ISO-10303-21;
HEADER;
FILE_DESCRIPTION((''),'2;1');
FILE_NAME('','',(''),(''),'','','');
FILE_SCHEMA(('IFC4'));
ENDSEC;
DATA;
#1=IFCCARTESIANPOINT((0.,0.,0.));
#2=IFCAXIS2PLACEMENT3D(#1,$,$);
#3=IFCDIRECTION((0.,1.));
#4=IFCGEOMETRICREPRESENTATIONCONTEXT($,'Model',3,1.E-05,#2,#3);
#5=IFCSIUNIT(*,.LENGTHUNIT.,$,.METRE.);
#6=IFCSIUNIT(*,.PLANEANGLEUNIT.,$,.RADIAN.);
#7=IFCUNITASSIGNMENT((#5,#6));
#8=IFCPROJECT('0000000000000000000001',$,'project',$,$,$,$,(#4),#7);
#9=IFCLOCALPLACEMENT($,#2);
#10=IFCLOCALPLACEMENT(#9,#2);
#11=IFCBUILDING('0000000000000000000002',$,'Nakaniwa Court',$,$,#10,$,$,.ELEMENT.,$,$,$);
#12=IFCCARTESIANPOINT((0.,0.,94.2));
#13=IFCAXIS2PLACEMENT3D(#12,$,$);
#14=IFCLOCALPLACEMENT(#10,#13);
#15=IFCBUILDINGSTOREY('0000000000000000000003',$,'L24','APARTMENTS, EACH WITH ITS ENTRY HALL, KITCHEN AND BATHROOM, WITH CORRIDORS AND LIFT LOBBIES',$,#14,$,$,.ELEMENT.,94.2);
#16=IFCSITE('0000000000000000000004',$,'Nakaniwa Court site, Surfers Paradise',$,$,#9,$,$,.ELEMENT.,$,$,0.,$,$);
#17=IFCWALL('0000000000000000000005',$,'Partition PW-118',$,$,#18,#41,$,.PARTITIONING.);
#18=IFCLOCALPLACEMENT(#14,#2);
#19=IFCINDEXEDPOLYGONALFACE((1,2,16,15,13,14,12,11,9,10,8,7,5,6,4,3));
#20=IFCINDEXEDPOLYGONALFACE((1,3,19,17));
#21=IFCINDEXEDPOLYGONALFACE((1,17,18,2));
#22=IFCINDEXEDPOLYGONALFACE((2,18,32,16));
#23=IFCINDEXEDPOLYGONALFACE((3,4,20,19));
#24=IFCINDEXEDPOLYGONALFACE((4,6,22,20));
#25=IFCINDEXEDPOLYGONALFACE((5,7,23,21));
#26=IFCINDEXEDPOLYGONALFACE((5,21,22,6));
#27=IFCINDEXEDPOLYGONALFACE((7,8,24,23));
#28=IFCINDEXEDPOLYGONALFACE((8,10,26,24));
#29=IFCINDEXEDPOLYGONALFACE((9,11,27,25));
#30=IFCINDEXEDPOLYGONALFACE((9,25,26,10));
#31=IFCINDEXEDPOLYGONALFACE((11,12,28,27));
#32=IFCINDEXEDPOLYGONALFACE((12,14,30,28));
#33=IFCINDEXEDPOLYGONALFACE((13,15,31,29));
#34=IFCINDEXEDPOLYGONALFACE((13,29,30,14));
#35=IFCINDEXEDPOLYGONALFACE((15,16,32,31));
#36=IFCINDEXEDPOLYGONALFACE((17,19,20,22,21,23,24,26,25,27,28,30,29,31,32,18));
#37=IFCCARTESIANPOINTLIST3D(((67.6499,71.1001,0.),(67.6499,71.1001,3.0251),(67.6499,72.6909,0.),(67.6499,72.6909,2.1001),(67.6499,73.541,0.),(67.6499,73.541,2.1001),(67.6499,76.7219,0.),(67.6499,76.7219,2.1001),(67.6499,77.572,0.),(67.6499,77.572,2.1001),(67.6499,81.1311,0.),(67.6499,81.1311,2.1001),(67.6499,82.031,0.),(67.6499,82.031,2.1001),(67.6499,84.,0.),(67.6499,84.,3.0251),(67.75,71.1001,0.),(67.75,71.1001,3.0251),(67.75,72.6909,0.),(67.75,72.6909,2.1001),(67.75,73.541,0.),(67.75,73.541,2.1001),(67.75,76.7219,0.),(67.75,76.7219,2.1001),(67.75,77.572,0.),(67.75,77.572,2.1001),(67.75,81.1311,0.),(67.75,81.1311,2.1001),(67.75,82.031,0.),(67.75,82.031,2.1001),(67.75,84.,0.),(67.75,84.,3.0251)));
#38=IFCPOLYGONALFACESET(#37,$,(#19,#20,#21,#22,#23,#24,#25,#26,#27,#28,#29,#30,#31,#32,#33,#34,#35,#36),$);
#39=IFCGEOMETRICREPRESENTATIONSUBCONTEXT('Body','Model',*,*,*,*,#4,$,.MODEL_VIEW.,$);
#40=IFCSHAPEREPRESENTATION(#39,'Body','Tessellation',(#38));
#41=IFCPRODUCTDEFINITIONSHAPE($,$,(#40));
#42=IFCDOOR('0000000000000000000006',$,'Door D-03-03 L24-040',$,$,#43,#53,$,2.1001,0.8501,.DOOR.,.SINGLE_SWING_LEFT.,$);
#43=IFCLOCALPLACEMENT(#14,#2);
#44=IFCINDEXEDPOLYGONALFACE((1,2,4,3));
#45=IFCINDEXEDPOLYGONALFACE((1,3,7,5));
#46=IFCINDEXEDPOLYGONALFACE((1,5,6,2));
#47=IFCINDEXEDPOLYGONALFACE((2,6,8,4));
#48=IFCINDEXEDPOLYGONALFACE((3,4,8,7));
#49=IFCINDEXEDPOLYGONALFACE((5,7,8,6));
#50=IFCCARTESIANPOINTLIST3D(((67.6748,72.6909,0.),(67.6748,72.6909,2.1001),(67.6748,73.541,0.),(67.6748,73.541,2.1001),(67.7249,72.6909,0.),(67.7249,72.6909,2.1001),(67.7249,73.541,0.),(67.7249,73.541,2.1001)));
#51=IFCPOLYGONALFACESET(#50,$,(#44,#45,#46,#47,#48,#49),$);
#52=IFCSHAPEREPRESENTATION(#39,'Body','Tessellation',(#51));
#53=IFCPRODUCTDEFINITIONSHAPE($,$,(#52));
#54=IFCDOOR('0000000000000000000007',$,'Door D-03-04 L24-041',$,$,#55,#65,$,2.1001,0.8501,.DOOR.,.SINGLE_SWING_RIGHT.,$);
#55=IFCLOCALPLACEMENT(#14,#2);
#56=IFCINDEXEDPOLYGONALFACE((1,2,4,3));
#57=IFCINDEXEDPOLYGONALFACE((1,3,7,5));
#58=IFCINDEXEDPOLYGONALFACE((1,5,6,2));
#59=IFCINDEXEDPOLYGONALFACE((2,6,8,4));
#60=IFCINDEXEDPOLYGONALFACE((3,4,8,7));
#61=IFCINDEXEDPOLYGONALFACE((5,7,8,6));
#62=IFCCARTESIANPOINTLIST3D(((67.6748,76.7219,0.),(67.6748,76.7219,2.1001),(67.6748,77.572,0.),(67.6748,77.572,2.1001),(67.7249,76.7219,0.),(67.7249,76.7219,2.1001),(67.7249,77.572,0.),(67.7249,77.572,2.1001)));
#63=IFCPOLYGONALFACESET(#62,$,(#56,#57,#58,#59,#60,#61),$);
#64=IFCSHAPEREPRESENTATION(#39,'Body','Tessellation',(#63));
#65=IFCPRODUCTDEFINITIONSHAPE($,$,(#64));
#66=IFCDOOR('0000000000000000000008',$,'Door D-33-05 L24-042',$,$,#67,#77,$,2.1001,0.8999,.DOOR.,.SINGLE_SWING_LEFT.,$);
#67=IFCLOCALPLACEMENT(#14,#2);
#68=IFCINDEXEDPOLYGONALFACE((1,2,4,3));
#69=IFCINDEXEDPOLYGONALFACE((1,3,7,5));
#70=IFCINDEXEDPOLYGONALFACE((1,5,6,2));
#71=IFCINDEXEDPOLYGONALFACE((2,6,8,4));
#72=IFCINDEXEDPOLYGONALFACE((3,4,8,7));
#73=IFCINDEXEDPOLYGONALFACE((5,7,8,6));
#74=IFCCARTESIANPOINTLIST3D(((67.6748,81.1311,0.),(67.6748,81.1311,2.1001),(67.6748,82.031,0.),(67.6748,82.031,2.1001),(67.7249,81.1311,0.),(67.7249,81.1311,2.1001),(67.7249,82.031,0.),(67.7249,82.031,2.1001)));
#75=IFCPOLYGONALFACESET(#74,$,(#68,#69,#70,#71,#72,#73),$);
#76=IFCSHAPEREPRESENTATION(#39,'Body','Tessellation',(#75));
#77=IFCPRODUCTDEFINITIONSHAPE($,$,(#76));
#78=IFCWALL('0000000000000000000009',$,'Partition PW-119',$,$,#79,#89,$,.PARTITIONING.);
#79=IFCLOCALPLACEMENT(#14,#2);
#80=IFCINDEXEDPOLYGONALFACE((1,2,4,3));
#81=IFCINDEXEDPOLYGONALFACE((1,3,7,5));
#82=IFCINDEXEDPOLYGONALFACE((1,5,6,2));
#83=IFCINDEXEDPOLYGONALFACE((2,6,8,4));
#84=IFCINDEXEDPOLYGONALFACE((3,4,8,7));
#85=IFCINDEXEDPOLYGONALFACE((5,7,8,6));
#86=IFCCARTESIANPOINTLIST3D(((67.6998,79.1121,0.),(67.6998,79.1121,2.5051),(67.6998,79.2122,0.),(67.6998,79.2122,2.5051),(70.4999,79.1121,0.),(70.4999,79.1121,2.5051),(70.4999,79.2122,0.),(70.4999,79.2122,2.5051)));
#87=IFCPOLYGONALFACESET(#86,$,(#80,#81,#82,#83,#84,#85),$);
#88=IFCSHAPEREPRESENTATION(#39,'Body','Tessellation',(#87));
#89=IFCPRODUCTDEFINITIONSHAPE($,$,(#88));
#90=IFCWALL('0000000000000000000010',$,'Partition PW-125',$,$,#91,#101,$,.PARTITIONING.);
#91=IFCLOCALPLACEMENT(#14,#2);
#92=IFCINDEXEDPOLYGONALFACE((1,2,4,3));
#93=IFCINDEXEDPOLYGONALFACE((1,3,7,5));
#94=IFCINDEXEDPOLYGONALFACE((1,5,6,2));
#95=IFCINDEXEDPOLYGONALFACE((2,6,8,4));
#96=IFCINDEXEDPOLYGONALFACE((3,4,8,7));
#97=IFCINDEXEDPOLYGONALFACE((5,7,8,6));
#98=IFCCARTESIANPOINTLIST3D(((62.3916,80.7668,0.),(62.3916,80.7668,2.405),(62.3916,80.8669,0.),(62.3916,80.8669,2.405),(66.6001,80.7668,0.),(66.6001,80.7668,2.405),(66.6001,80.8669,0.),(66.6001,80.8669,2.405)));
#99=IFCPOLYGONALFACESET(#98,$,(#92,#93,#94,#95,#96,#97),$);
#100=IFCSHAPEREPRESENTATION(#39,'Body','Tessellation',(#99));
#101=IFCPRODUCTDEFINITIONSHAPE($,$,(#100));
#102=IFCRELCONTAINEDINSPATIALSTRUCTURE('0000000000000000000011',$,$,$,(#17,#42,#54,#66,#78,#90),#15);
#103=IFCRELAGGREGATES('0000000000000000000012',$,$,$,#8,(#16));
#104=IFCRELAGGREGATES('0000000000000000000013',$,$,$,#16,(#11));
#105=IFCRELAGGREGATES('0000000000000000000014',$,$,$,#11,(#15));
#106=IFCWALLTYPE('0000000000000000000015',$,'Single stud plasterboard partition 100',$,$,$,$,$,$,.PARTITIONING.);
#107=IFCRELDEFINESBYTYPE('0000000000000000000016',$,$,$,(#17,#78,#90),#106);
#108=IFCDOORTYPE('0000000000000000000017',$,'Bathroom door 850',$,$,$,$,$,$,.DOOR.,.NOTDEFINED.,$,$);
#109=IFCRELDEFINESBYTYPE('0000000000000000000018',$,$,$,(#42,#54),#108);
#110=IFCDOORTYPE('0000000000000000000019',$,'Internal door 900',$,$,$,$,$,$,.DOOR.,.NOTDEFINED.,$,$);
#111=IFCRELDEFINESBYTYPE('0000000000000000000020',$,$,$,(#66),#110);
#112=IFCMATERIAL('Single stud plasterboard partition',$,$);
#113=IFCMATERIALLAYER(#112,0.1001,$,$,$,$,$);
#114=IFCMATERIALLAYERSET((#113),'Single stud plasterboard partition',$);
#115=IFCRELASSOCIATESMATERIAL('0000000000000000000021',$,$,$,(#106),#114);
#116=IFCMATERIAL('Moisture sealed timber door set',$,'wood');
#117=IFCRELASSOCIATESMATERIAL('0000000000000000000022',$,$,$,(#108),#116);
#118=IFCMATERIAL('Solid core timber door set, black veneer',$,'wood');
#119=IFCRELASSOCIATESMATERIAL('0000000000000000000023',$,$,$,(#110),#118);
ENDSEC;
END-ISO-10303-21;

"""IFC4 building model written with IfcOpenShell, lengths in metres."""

from ifc_helpers import new_model, si_unit, direction, frame, frame_2d, origin, place, context, subcontext, project, spatial, rectangle, extrude, material, layer, layer_set, type_object, element, fill, save


model = new_model("IFC4")

# Units and contexts
model_context = context("Model", 3, precision=1e-05, world=origin(), true_north=direction((0.0, 1.0)))
body_context = subcontext(model_context, "Body", "Model", "MODEL_VIEW")
ifc_project = project(units=[si_unit("LENGTHUNIT", "METRE"), si_unit("PLANEANGLEUNIT", "RADIAN")], contexts=[model_context])

# Site, building, storey
site_placement = place(None, origin())
site = spatial("IfcSite", under=ifc_project, at=site_placement, Name="Nakaniwa Court site, Surfers Paradise", CompositionType="ELEMENT", RefElevation=0.0)
building_placement = place(site_placement, origin())
building = spatial("IfcBuilding", under=site, at=building_placement, Name="Nakaniwa Court", CompositionType="ELEMENT")
storey_placement = place(building_placement, frame((0.0, 0.0, 94.2)))
storey = spatial("IfcBuildingStorey", under=building, at=storey_placement, Name="L24", Description="APARTMENTS, EACH WITH ITS ENTRY HALL, KITCHEN AND BATHROOM, WITH CORRIDORS AND LIFT LOBBIES", CompositionType="ELEMENT", Elevation=94.2)

# Wall, openings, doors
ifc_material_1 = material(Name="Single stud plasterboard partition")
ifc_layer_1 = layer(ifc_material_1, 0.1001)
ifc_layer_set_1 = layer_set([ifc_layer_1], Name="Single stud plasterboard partition")
wall_type_1 = type_object("IfcWallType", Name="Single stud plasterboard partition 100", PredefinedType="PARTITIONING", material=ifc_layer_set_1)
wall_1_placement = place(storey_placement, frame((67.7, 84.0, 0.0), z_axis=(0.0, 0.0, 1.0), x_axis=(0.0, -1.0, 0.0)))
wall_1 = element("IfcWall", 1, at=wall_1_placement, inside=storey, type_object=wall_type_1, Name="Partition PW-118", PredefinedType="PARTITIONING", context=body_context, shape_type="SweptSolid", body=[
    extrude(rectangle(XDim=12.8999, YDim=0.1001, at=frame_2d((6.45, 0.0))), origin(), (0.0, 0.0, 1.0), 3.0251),
])
opening_1_placement = place(wall_1_placement, frame((10.459, 0.0, 0.0)))
opening_1 = element("IfcOpeningElement", 2, at=opening_1_placement, cuts=wall_1, PredefinedType="OPENING", context=body_context, shape_type="SweptSolid", body=[
    extrude(rectangle(XDim=0.8501, YDim=2.1001, at=frame_2d((0.425, 1.05))), frame((0.0, 0.0601, 0.0), z_axis=(0.0, -1.0, 0.0), x_axis=(1.0, 0.0, 0.0)), (0.0, 0.0, 1.0), 0.1201),
])
opening_2_placement = place(wall_1_placement, frame((6.428, 0.0, 0.0)))
opening_2 = element("IfcOpeningElement", 3, at=opening_2_placement, cuts=wall_1, PredefinedType="OPENING", context=body_context, shape_type="SweptSolid", body=[
    extrude(rectangle(XDim=0.8501, YDim=2.1001, at=frame_2d((0.425, 1.05))), frame((0.0, 0.0601, 0.0), z_axis=(0.0, -1.0, 0.0), x_axis=(1.0, 0.0, 0.0)), (0.0, 0.0, 1.0), 0.1201),
])
opening_3_placement = place(wall_1_placement, frame((1.969, 0.0, 0.0)))
opening_3 = element("IfcOpeningElement", 4, at=opening_3_placement, cuts=wall_1, PredefinedType="OPENING", context=body_context, shape_type="SweptSolid", body=[
    extrude(rectangle(XDim=0.8999, YDim=2.1001, at=frame_2d((0.45, 1.05))), frame((0.0, 0.0601, 0.0), z_axis=(0.0, -1.0, 0.0), x_axis=(1.0, 0.0, 0.0)), (0.0, 0.0, 1.0), 0.1201),
])
ifc_material_2 = material(Name="Moisture sealed timber door set", Category="wood")
door_type_1 = type_object("IfcDoorType", Name="Bathroom door 850", OperationType="NOTDEFINED", PredefinedType="DOOR", material=ifc_material_2)
door_1_placement = place(opening_1_placement, origin())
door_1 = element("IfcDoor", 5, at=door_1_placement, inside=storey, type_object=door_type_1, Name="Door D-03-03 L24-040", OperationType="SINGLE_SWING_LEFT", OverallHeight=2.1001, OverallWidth=0.8501, PredefinedType="DOOR", context=body_context, shape_type="SweptSolid", body=[
    extrude(rectangle(XDim=0.8501, YDim=2.1001, at=frame_2d((0.425, 1.05))), frame((0.0, 0.0249, 0.0), z_axis=(0.0, -1.0, 0.0), x_axis=(1.0, 0.0, 0.0)), (0.0, 0.0, 1.0), 0.05),
])
fill(opening_1, door_1)
door_2_placement = place(opening_2_placement, origin())
door_2 = element("IfcDoor", 6, at=door_2_placement, inside=storey, type_object=door_type_1, Name="Door D-03-04 L24-041", OperationType="SINGLE_SWING_RIGHT", OverallHeight=2.1001, OverallWidth=0.8501, PredefinedType="DOOR", context=body_context, shape_type="SweptSolid", body=[
    extrude(rectangle(XDim=0.8501, YDim=2.1001, at=frame_2d((0.425, 1.05))), frame((0.0, 0.0249, 0.0), z_axis=(0.0, -1.0, 0.0), x_axis=(1.0, 0.0, 0.0)), (0.0, 0.0, 1.0), 0.05),
])
fill(opening_2, door_2)
ifc_material_3 = material(Name="Solid core timber door set, black veneer", Category="wood")
door_type_2 = type_object("IfcDoorType", Name="Internal door 900", OperationType="NOTDEFINED", PredefinedType="DOOR", material=ifc_material_3)
door_3_placement = place(opening_3_placement, origin())
door_3 = element("IfcDoor", 7, at=door_3_placement, inside=storey, type_object=door_type_2, Name="Door D-33-05 L24-042", OperationType="SINGLE_SWING_LEFT", OverallHeight=2.1001, OverallWidth=0.8999, PredefinedType="DOOR", context=body_context, shape_type="SweptSolid", body=[
    extrude(rectangle(XDim=0.8999, YDim=2.1001, at=frame_2d((0.45, 1.05))), frame((0.0, 0.0249, 0.0), z_axis=(0.0, -1.0, 0.0), x_axis=(1.0, 0.0, 0.0)), (0.0, 0.0, 1.0), 0.05),
])
fill(opening_3, door_3)

# Walls
wall_2_placement = place(storey_placement, frame((67.7, 79.1621, 0.0), z_axis=(0.0, 0.0, 1.0), x_axis=(1.0, 0.0, 0.0)))
element("IfcWall", 8, at=wall_2_placement, inside=storey, type_object=wall_type_1, Name="Partition PW-119", PredefinedType="PARTITIONING", context=body_context, shape_type="SweptSolid", body=[
    extrude(rectangle(XDim=2.8, YDim=0.1001, at=frame_2d((1.3999, 0.0))), origin(), (0.0, 0.0, 1.0), 2.5051),
])
wall_3_placement = place(storey_placement, frame((62.3916, 80.8169, 0.0), z_axis=(0.0, 0.0, 1.0), x_axis=(1.0, 0.0, 0.0)))
element("IfcWall", 9, at=wall_3_placement, inside=storey, type_object=wall_type_1, Name="Partition PW-125", PredefinedType="PARTITIONING", context=body_context, shape_type="SweptSolid", body=[
    extrude(rectangle(XDim=4.2085, YDim=0.1001, at=frame_2d((2.1042, 0.0))), origin(), (0.0, 0.0, 1.0), 2.405),
])

save(model, "model.ifc")
